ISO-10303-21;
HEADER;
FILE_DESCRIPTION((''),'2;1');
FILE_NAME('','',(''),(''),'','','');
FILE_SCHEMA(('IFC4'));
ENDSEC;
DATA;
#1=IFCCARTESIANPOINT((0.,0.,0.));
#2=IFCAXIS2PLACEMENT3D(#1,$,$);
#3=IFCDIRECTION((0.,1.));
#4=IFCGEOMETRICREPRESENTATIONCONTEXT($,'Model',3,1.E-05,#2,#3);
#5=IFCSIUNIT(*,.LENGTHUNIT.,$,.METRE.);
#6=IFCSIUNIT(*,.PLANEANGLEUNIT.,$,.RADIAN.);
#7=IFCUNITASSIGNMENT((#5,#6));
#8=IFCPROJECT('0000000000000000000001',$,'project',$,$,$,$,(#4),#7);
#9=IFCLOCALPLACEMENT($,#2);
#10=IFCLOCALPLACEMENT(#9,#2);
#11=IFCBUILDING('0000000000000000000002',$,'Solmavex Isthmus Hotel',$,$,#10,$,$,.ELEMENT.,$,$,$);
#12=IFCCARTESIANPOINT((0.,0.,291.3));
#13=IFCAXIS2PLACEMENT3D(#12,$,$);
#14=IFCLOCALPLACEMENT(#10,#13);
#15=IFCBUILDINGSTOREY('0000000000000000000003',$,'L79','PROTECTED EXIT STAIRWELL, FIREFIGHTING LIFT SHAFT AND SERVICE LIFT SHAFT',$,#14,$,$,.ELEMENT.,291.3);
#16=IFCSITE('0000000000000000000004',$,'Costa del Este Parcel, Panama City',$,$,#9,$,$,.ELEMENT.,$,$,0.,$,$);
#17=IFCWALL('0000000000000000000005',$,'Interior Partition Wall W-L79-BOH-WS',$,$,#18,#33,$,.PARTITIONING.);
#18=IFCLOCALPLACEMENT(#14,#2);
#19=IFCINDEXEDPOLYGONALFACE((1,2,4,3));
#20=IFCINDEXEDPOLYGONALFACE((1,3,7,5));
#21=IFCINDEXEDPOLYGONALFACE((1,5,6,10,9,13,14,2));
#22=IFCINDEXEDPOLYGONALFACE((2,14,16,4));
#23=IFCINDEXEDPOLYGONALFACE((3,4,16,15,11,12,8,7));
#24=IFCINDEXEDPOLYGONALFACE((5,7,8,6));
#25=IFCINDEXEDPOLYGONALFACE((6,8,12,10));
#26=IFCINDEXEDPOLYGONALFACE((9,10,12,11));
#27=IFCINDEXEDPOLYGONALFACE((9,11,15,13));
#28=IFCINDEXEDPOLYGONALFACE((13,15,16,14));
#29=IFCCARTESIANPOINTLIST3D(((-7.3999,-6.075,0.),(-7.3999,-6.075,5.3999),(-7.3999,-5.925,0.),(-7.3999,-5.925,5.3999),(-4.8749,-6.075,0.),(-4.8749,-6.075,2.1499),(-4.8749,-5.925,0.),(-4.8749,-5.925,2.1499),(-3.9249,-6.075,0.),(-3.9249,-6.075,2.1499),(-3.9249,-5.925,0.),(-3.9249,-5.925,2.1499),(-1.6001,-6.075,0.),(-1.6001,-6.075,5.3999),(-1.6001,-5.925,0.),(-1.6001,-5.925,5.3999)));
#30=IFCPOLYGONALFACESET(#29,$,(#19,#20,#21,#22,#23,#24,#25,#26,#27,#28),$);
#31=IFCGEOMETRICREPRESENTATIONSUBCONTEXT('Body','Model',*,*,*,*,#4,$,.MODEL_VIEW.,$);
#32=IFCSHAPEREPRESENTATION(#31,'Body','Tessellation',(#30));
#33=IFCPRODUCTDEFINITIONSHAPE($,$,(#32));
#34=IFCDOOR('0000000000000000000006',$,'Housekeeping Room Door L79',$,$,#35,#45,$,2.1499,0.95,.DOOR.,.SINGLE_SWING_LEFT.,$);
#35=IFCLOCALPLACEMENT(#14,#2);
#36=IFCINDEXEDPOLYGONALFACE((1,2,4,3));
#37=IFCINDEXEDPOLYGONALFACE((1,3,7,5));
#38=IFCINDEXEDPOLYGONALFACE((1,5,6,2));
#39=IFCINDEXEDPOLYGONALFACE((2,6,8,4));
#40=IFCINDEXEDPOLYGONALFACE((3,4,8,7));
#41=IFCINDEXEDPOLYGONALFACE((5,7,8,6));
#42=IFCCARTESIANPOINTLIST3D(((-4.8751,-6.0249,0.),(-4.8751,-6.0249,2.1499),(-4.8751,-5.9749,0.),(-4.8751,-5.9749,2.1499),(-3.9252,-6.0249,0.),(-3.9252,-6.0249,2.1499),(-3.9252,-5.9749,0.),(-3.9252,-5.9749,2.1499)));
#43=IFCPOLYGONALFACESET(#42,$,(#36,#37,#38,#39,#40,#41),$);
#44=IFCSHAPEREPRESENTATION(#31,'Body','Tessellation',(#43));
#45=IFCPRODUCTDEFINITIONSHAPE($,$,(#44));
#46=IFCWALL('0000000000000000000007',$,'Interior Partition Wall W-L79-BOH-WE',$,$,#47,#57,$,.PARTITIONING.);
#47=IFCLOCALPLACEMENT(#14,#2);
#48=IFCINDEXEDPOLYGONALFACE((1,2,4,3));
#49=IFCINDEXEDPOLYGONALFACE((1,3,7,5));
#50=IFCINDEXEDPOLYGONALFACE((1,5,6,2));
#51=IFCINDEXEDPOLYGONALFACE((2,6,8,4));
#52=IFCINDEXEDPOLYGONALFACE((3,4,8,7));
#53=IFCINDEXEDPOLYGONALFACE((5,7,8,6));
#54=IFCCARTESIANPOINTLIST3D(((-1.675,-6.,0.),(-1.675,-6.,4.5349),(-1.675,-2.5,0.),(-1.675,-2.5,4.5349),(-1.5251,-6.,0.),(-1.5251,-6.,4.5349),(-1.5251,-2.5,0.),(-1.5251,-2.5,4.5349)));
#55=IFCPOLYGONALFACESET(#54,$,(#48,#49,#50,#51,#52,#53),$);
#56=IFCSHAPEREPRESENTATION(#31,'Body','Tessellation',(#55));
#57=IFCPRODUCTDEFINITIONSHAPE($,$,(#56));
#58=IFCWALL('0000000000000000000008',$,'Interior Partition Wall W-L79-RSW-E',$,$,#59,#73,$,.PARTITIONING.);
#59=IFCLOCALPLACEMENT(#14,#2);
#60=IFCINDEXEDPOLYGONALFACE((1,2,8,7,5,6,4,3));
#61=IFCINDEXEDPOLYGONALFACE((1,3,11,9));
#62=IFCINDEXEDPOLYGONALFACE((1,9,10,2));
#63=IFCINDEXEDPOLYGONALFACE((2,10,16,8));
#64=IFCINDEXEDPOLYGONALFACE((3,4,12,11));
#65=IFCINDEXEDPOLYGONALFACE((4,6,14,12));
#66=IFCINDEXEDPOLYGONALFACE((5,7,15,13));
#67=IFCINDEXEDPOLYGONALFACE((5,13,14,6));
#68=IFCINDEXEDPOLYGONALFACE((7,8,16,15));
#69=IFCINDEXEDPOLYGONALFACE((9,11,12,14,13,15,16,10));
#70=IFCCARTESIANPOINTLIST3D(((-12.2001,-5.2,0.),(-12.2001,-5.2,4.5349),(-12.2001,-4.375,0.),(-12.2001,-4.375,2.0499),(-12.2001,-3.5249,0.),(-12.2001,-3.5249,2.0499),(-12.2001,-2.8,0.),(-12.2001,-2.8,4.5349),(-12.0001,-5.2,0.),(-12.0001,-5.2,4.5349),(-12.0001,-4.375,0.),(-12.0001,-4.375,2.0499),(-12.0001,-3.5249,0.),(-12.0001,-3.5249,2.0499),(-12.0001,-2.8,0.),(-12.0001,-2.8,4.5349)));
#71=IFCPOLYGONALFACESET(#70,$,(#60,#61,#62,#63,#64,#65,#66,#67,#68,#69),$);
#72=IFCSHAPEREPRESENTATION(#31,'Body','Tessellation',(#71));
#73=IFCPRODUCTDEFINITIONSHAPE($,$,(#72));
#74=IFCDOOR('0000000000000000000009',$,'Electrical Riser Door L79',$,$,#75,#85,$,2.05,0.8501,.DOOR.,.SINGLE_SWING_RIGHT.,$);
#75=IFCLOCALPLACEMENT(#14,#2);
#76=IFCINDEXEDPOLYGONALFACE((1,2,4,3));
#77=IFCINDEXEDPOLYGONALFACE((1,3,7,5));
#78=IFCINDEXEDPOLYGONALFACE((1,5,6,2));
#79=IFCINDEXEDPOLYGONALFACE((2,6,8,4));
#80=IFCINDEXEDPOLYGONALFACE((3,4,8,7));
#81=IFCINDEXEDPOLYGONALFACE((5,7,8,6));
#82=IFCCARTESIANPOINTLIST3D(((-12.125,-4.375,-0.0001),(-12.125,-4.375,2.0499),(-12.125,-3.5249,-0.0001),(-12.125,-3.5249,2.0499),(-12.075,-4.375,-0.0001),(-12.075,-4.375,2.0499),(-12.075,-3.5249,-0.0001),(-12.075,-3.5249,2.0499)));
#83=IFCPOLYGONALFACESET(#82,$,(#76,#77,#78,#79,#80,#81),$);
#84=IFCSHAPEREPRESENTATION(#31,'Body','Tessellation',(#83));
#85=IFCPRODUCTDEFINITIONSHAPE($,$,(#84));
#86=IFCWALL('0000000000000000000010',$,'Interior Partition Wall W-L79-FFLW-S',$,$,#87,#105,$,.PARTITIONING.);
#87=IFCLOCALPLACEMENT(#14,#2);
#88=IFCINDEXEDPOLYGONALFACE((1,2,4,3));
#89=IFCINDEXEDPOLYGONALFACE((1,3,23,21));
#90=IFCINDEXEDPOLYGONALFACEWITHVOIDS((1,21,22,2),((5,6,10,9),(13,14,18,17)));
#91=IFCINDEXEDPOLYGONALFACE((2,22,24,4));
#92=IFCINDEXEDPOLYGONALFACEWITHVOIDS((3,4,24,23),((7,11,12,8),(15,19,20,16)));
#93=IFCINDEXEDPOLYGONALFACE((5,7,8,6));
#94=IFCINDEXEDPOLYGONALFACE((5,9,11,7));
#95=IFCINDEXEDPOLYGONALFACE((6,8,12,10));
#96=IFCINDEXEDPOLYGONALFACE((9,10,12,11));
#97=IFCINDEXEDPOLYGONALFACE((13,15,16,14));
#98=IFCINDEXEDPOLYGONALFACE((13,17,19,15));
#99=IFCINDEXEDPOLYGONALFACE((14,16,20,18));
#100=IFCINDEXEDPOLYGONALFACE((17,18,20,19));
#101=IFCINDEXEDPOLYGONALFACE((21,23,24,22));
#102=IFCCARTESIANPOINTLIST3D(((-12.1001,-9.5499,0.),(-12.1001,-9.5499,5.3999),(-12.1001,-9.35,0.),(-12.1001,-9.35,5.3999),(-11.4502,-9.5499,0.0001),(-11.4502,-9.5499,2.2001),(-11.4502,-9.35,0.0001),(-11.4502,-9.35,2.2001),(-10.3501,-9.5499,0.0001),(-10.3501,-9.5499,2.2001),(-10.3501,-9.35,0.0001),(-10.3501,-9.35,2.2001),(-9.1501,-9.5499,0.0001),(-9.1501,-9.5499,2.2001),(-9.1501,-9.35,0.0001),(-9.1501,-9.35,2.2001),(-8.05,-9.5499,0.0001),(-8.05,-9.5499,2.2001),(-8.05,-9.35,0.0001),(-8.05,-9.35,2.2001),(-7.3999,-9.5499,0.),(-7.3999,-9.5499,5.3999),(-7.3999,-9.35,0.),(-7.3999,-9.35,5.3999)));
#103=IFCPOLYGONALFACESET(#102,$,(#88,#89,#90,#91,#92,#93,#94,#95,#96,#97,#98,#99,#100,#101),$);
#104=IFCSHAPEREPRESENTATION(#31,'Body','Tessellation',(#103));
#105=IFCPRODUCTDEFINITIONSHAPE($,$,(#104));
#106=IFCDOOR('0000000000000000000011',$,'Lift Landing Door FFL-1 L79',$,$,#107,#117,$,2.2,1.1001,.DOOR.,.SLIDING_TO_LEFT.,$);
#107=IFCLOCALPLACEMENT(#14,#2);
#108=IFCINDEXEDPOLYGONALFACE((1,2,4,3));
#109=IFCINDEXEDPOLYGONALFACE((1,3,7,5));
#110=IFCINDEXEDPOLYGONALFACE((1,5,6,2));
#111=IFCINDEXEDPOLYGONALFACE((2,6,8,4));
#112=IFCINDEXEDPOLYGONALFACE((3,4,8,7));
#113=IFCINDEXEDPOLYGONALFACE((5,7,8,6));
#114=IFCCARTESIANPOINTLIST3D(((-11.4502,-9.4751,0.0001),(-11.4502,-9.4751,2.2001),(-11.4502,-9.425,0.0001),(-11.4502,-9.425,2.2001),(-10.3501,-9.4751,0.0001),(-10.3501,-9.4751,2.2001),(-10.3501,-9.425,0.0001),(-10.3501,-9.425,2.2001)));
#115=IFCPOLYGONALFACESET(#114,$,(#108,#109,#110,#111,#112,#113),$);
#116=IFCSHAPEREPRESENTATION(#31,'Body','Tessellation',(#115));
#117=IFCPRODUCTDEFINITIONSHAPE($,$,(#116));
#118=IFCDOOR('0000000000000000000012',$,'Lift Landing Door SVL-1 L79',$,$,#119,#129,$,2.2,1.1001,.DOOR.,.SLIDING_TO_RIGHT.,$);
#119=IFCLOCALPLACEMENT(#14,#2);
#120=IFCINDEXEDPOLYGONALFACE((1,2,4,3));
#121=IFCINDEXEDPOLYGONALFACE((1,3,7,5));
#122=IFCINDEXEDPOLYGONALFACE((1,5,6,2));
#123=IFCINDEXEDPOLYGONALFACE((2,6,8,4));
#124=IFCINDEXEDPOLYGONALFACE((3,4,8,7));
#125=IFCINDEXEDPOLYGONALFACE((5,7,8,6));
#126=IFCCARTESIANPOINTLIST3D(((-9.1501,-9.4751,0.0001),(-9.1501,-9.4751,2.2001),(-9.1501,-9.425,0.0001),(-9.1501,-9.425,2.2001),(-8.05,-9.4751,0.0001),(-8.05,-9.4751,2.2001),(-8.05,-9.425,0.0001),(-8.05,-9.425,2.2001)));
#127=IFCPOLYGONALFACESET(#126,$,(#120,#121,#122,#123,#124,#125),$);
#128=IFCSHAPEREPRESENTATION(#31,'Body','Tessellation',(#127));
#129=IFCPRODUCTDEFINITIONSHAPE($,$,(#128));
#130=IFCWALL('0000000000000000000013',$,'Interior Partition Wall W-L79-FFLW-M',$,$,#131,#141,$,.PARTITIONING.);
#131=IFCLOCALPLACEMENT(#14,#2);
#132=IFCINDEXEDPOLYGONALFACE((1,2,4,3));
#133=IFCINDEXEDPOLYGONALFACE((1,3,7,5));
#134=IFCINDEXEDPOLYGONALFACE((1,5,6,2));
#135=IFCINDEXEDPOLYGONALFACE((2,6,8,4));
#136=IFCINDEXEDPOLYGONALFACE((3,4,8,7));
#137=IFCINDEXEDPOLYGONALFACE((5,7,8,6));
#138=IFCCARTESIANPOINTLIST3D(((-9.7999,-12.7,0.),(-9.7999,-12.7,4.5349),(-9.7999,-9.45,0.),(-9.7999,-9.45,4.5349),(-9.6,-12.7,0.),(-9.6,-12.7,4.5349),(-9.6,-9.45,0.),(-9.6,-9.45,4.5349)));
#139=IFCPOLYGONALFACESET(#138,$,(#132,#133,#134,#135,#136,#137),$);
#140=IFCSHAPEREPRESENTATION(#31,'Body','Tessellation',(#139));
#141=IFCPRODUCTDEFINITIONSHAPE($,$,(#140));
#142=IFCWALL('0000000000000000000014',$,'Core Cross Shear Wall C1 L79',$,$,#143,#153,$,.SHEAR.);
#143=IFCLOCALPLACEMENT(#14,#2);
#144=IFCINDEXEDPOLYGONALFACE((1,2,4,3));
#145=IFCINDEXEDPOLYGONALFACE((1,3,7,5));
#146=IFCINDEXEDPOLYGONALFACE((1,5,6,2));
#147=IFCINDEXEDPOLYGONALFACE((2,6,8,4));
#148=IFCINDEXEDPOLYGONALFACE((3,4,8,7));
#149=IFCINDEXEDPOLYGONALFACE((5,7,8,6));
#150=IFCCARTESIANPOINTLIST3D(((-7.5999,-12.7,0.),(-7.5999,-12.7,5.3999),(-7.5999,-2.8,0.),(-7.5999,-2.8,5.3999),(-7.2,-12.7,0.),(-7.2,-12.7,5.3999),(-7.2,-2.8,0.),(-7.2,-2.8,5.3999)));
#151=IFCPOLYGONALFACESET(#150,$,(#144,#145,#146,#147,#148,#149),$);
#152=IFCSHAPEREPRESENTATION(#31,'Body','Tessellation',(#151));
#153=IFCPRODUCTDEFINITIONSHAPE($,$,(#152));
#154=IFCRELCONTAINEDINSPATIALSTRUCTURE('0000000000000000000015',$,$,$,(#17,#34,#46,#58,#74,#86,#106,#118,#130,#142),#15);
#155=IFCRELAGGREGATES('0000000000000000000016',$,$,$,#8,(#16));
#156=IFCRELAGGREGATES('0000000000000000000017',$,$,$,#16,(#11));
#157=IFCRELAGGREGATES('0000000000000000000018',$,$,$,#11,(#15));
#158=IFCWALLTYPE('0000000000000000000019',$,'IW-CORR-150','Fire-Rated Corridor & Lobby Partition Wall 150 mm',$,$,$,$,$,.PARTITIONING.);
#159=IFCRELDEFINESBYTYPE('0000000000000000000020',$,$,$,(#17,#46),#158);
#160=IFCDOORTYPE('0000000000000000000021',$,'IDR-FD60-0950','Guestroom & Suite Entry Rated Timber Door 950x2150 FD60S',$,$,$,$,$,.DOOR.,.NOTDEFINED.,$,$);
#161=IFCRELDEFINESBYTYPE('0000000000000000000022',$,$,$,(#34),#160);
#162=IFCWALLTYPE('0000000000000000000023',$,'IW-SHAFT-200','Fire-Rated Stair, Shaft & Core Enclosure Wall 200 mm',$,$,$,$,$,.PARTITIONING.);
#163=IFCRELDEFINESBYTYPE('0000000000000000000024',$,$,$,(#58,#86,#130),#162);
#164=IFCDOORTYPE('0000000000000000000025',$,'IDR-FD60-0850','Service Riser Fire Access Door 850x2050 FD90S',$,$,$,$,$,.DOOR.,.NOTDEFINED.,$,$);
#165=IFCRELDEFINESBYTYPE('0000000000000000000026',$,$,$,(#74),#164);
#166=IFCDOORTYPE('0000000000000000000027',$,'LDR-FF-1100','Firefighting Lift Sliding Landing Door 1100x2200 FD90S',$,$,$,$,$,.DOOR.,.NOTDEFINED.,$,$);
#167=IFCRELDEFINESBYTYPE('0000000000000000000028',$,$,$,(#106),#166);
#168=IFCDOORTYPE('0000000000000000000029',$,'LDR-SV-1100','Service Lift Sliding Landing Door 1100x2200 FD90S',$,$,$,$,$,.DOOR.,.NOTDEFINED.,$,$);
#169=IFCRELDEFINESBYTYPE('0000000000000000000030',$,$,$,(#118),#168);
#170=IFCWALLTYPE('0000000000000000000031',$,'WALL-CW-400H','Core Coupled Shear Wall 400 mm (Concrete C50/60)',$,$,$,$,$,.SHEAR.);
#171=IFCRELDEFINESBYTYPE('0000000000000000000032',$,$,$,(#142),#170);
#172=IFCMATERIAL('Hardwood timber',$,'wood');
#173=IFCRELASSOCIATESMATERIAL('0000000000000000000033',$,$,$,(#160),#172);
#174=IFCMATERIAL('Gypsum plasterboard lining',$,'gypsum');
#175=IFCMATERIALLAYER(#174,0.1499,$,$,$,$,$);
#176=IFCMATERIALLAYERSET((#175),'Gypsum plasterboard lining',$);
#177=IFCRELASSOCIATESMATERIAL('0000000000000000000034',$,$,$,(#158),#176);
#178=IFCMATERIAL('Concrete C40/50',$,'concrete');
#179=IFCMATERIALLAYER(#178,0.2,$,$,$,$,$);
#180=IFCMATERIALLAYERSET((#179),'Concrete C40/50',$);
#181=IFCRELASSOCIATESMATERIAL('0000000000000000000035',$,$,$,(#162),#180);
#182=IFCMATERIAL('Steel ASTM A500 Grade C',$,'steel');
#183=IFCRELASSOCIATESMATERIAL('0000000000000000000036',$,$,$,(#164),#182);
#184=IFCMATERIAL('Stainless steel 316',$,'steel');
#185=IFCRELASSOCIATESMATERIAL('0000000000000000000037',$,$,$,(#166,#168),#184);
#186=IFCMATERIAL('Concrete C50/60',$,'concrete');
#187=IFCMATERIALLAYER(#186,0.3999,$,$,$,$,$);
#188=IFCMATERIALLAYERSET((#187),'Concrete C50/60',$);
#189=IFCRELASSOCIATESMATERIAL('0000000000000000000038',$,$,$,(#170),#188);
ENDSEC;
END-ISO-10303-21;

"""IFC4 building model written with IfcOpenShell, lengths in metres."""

from ifc_helpers import new_model, si_unit, direction, frame, frame_2d, origin, place, context, subcontext, project, spatial, rectangle, extrude, material, layer, layer_set, type_object, element, fill, save


model = new_model("IFC4")

# Units and contexts
model_context = context("Model", 3, precision=1e-05, world=origin(), true_north=direction((0.0, 1.0)))
body_context = subcontext(model_context, "Body", "Model", "MODEL_VIEW")
ifc_project = project(units=[si_unit("LENGTHUNIT", "METRE"), si_unit("PLANEANGLEUNIT", "RADIAN")], contexts=[model_context])

# Site, building, storey
site_placement = place(None, origin())
site = spatial("IfcSite", under=ifc_project, at=site_placement, Name="Costa del Este Parcel, Panama City", CompositionType="ELEMENT", RefElevation=0.0)
building_placement = place(site_placement, origin())
building = spatial("IfcBuilding", under=site, at=building_placement, Name="Solmavex Isthmus Hotel", CompositionType="ELEMENT")
storey_placement = place(building_placement, frame((0.0, 0.0, 291.3)))
storey = spatial("IfcBuildingStorey", under=building, at=storey_placement, Name="L79", Description="PROTECTED EXIT STAIRWELL, FIREFIGHTING LIFT SHAFT AND SERVICE LIFT SHAFT", CompositionType="ELEMENT", Elevation=291.3)

# Shared definitions
ifc_material_1 = material(Name="Concrete C50/60", Category="concrete")

# Shared definitions
ifc_material_2 = material(Name="Gypsum plasterboard lining", Category="gypsum")
ifc_material_3 = material(Name="Hardwood timber", Category="wood")
door_type_1 = type_object("IfcDoorType", Name="IDR-FD60-0950", Description="Guestroom & Suite Entry Rated Timber Door 950x2150 FD60S", OperationType="NOTDEFINED", PredefinedType="DOOR", material=ifc_material_3)

# Wall, opening, door
ifc_layer_1 = layer(ifc_material_2, 0.1499)
ifc_layer_set_1 = layer_set([ifc_layer_1], Name="Gypsum plasterboard lining")
wall_type_1 = type_object("IfcWallType", Name="IW-CORR-150", Description="Fire-Rated Corridor & Lobby Partition Wall 150 mm", PredefinedType="PARTITIONING", material=ifc_layer_set_1)
wall_1_placement = place(storey_placement, frame((-7.3999, -6.0, 0.0), z_axis=(0.0, 0.0, 1.0), x_axis=(1.0, 0.0, 0.0)))
wall_1 = element("IfcWall", 1, at=wall_1_placement, inside=storey, type_object=wall_type_1, Name="Interior Partition Wall W-L79-BOH-WS", PredefinedType="PARTITIONING", context=body_context, shape_type="SweptSolid", body=[
    extrude(rectangle(XDim=5.7998, YDim=0.1499, at=frame_2d((2.8999, 0.0))), origin(), (0.0, 0.0, 1.0), 5.3999),
])
opening_1_placement = place(wall_1_placement, frame((2.5249, 0.0, 0.0)))
opening_1 = element("IfcOpeningElement", 2, at=opening_1_placement, cuts=wall_1, PredefinedType="OPENING", context=body_context, shape_type="SweptSolid", body=[
    extrude(rectangle(XDim=0.95, YDim=2.1499, at=frame_2d((0.4751, 1.075))), frame((0.0, 0.085, 0.0), z_axis=(0.0, -1.0, 0.0), x_axis=(1.0, 0.0, 0.0)), (0.0, 0.0, 1.0), 0.1699),
])
door_1_placement = place(opening_1_placement, frame((0.95, 0.0, 0.0), z_axis=(0.0, 0.0, 1.0), x_axis=(-1.0, 0.0, 0.0)))
door_1 = element("IfcDoor", 3, at=door_1_placement, inside=storey, type_object=door_type_1, Name="Housekeeping Room Door L79", OperationType="SINGLE_SWING_LEFT", OverallHeight=2.1499, OverallWidth=0.95, PredefinedType="DOOR", context=body_context, shape_type="SweptSolid", body=[
    extrude(rectangle(XDim=0.95, YDim=2.1499, at=frame_2d((0.4751, 1.075))), frame((0.0, 0.0249, 0.0), z_axis=(0.0, -1.0, 0.0), x_axis=(1.0, 0.0, 0.0)), (0.0, 0.0, 1.0), 0.05),
])
fill(opening_1, door_1)

# Wall
wall_2_placement = place(storey_placement, frame((-1.6001, -6.0, 0.0), z_axis=(0.0, 0.0, 1.0), x_axis=(0.0, 1.0, 0.0)))
element("IfcWall", 4, at=wall_2_placement, inside=storey, type_object=wall_type_1, Name="Interior Partition Wall W-L79-BOH-WE", PredefinedType="PARTITIONING", context=body_context, shape_type="SweptSolid", body=[
    extrude(rectangle(XDim=3.5, YDim=0.1499, at=frame_2d((1.75, 0.0))), origin(), (0.0, 0.0, 1.0), 4.5349),
])

# Wall, opening, door
ifc_material_4 = material(Name="Concrete C40/50", Category="concrete")
ifc_layer_2 = layer(ifc_material_4, 0.2)
ifc_layer_set_2 = layer_set([ifc_layer_2], Name="Concrete C40/50")
wall_type_2 = type_object("IfcWallType", Name="IW-SHAFT-200", Description="Fire-Rated Stair, Shaft & Core Enclosure Wall 200 mm", PredefinedType="PARTITIONING", material=ifc_layer_set_2)
wall_3_placement = place(storey_placement, frame((-12.1001, -5.2, 0.0), z_axis=(0.0, 0.0, 1.0), x_axis=(0.0, 1.0, 0.0)))
wall_3 = element("IfcWall", 5, at=wall_3_placement, inside=storey, type_object=wall_type_2, Name="Interior Partition Wall W-L79-RSW-E", PredefinedType="PARTITIONING", context=body_context, shape_type="SweptSolid", body=[
    extrude(rectangle(XDim=2.3999, YDim=0.2, at=frame_2d((1.2, 0.0))), origin(), (0.0, 0.0, 1.0), 4.5349),
])
opening_2_placement = place(wall_3_placement, frame((0.825, 0.0, 0.0)))
opening_2 = element("IfcOpeningElement", 6, at=opening_2_placement, cuts=wall_3, PredefinedType="OPENING", context=body_context, shape_type="SweptSolid", body=[
    extrude(rectangle(XDim=0.8501, YDim=2.05, at=frame_2d((0.425, 1.0249))), frame((0.0, 0.1099, 0.0), z_axis=(0.0, -1.0, 0.0), x_axis=(1.0, 0.0, 0.0)), (0.0, 0.0, 1.0), 0.22),
])
ifc_material_5 = material(Name="Steel ASTM A500 Grade C", Category="steel")
door_type_2 = type_object("IfcDoorType", Name="IDR-FD60-0850", Description="Service Riser Fire Access Door 850x2050 FD90S", OperationType="NOTDEFINED", PredefinedType="DOOR", material=ifc_material_5)
door_2_placement = place(opening_2_placement, origin())
door_2 = element("IfcDoor", 7, at=door_2_placement, inside=storey, type_object=door_type_2, Name="Electrical Riser Door L79", OperationType="SINGLE_SWING_RIGHT", OverallHeight=2.05, OverallWidth=0.8501, PredefinedType="DOOR", context=body_context, shape_type="SweptSolid", body=[
    extrude(rectangle(XDim=0.8501, YDim=2.05, at=frame_2d((0.425, 1.0249))), frame((0.0, 0.0249, 0.0), z_axis=(0.0, -1.0, 0.0), x_axis=(1.0, 0.0, 0.0)), (0.0, 0.0, 1.0), 0.05),
])
fill(opening_2, door_2)

# Wall, openings, doors
wall_4_placement = place(storey_placement, frame((-12.1001, -9.45, 0.0), z_axis=(0.0, 0.0, 1.0), x_axis=(1.0, 0.0, 0.0)))
wall_4 = element("IfcWall", 8, at=wall_4_placement, inside=storey, type_object=wall_type_2, Name="Interior Partition Wall W-L79-FFLW-S", PredefinedType="PARTITIONING", context=body_context, shape_type="SweptSolid", body=[
    extrude(rectangle(XDim=4.7002, YDim=0.2, at=frame_2d((2.3501, 0.0))), origin(), (0.0, 0.0, 1.0), 5.3999),
])
opening_3_placement = place(wall_4_placement, frame((0.6499, 0.0, 0.0)))
opening_3 = element("IfcOpeningElement", 9, at=opening_3_placement, cuts=wall_4, PredefinedType="OPENING", context=body_context, shape_type="SweptSolid", body=[
    extrude(rectangle(XDim=1.1001, YDim=2.2, at=frame_2d((0.55, 1.1001))), frame((0.0, 0.1099, 0.0), z_axis=(0.0, -1.0, 0.0), x_axis=(1.0, 0.0, 0.0)), (0.0, 0.0, 1.0), 0.22),
])
opening_4_placement = place(wall_4_placement, frame((2.95, 0.0, 0.0)))
opening_4 = element("IfcOpeningElement", 10, at=opening_4_placement, cuts=wall_4, PredefinedType="OPENING", context=body_context, shape_type="SweptSolid", body=[
    extrude(rectangle(XDim=1.1001, YDim=2.2, at=frame_2d((0.55, 1.1001))), frame((0.0, 0.1099, 0.0), z_axis=(0.0, -1.0, 0.0), x_axis=(1.0, 0.0, 0.0)), (0.0, 0.0, 1.0), 0.22),
])
ifc_material_6 = material(Name="Stainless steel 316", Category="steel")
door_type_3 = type_object("IfcDoorType", Name="LDR-FF-1100", Description="Firefighting Lift Sliding Landing Door 1100x2200 FD90S", OperationType="NOTDEFINED", PredefinedType="DOOR", material=ifc_material_6)
door_3_placement = place(opening_3_placement, origin())
door_3 = element("IfcDoor", 11, at=door_3_placement, inside=storey, type_object=door_type_3, Name="Lift Landing Door FFL-1 L79", OperationType="SLIDING_TO_LEFT", OverallHeight=2.2, OverallWidth=1.1001, PredefinedType="DOOR", context=body_context, shape_type="SweptSolid", body=[
    extrude(rectangle(XDim=1.1001, YDim=2.2, at=frame_2d((0.55, 1.1001))), frame((0.0, 0.0249, 0.0), z_axis=(0.0, -1.0, 0.0), x_axis=(1.0, 0.0, 0.0)), (0.0, 0.0, 1.0), 0.05),
])
fill(opening_3, door_3)
door_type_4 = type_object("IfcDoorType", Name="LDR-SV-1100", Description="Service Lift Sliding Landing Door 1100x2200 FD90S", OperationType="NOTDEFINED", PredefinedType="DOOR", material=ifc_material_6)
door_4_placement = place(opening_4_placement, origin())
door_4 = element("IfcDoor", 12, at=door_4_placement, inside=storey, type_object=door_type_4, Name="Lift Landing Door SVL-1 L79", OperationType="SLIDING_TO_RIGHT", OverallHeight=2.2, OverallWidth=1.1001, PredefinedType="DOOR", context=body_context, shape_type="SweptSolid", body=[
    extrude(rectangle(XDim=1.1001, YDim=2.2, at=frame_2d((0.55, 1.1001))), frame((0.0, 0.0249, 0.0), z_axis=(0.0, -1.0, 0.0), x_axis=(1.0, 0.0, 0.0)), (0.0, 0.0, 1.0), 0.05),
])
fill(opening_4, door_4)

# Walls
wall_5_placement = place(storey_placement, frame((-9.7, -12.7, 0.0), z_axis=(0.0, 0.0, 1.0), x_axis=(0.0, 1.0, 0.0)))
element("IfcWall", 13, at=wall_5_placement, inside=storey, type_object=wall_type_2, Name="Interior Partition Wall W-L79-FFLW-M", PredefinedType="PARTITIONING", context=body_context, shape_type="SweptSolid", body=[
    extrude(rectangle(XDim=3.25, YDim=0.2, at=frame_2d((1.625, 0.0))), origin(), (0.0, 0.0, 1.0), 4.5349),
])
ifc_layer_3 = layer(ifc_material_1, 0.3999)
ifc_layer_set_3 = layer_set([ifc_layer_3], Name="Concrete C50/60")
wall_type_3 = type_object("IfcWallType", Name="WALL-CW-400H", Description="Core Coupled Shear Wall 400 mm (Concrete C50/60)", PredefinedType="SHEAR", material=ifc_layer_set_3)
wall_6_placement = place(storey_placement, frame((-7.3999, -12.7, 0.0), z_axis=(0.0, 0.0, 1.0), x_axis=(0.0, 1.0, 0.0)))
element("IfcWall", 14, at=wall_6_placement, inside=storey, type_object=wall_type_3, Name="Core Cross Shear Wall C1 L79", PredefinedType="SHEAR", context=body_context, shape_type="SweptSolid", body=[
    extrude(rectangle(XDim=9.8999, YDim=0.3999, at=frame_2d((4.95, 0.0))), origin(), (0.0, 0.0, 1.0), 5.3999),
])

save(model, "model.ifc")
